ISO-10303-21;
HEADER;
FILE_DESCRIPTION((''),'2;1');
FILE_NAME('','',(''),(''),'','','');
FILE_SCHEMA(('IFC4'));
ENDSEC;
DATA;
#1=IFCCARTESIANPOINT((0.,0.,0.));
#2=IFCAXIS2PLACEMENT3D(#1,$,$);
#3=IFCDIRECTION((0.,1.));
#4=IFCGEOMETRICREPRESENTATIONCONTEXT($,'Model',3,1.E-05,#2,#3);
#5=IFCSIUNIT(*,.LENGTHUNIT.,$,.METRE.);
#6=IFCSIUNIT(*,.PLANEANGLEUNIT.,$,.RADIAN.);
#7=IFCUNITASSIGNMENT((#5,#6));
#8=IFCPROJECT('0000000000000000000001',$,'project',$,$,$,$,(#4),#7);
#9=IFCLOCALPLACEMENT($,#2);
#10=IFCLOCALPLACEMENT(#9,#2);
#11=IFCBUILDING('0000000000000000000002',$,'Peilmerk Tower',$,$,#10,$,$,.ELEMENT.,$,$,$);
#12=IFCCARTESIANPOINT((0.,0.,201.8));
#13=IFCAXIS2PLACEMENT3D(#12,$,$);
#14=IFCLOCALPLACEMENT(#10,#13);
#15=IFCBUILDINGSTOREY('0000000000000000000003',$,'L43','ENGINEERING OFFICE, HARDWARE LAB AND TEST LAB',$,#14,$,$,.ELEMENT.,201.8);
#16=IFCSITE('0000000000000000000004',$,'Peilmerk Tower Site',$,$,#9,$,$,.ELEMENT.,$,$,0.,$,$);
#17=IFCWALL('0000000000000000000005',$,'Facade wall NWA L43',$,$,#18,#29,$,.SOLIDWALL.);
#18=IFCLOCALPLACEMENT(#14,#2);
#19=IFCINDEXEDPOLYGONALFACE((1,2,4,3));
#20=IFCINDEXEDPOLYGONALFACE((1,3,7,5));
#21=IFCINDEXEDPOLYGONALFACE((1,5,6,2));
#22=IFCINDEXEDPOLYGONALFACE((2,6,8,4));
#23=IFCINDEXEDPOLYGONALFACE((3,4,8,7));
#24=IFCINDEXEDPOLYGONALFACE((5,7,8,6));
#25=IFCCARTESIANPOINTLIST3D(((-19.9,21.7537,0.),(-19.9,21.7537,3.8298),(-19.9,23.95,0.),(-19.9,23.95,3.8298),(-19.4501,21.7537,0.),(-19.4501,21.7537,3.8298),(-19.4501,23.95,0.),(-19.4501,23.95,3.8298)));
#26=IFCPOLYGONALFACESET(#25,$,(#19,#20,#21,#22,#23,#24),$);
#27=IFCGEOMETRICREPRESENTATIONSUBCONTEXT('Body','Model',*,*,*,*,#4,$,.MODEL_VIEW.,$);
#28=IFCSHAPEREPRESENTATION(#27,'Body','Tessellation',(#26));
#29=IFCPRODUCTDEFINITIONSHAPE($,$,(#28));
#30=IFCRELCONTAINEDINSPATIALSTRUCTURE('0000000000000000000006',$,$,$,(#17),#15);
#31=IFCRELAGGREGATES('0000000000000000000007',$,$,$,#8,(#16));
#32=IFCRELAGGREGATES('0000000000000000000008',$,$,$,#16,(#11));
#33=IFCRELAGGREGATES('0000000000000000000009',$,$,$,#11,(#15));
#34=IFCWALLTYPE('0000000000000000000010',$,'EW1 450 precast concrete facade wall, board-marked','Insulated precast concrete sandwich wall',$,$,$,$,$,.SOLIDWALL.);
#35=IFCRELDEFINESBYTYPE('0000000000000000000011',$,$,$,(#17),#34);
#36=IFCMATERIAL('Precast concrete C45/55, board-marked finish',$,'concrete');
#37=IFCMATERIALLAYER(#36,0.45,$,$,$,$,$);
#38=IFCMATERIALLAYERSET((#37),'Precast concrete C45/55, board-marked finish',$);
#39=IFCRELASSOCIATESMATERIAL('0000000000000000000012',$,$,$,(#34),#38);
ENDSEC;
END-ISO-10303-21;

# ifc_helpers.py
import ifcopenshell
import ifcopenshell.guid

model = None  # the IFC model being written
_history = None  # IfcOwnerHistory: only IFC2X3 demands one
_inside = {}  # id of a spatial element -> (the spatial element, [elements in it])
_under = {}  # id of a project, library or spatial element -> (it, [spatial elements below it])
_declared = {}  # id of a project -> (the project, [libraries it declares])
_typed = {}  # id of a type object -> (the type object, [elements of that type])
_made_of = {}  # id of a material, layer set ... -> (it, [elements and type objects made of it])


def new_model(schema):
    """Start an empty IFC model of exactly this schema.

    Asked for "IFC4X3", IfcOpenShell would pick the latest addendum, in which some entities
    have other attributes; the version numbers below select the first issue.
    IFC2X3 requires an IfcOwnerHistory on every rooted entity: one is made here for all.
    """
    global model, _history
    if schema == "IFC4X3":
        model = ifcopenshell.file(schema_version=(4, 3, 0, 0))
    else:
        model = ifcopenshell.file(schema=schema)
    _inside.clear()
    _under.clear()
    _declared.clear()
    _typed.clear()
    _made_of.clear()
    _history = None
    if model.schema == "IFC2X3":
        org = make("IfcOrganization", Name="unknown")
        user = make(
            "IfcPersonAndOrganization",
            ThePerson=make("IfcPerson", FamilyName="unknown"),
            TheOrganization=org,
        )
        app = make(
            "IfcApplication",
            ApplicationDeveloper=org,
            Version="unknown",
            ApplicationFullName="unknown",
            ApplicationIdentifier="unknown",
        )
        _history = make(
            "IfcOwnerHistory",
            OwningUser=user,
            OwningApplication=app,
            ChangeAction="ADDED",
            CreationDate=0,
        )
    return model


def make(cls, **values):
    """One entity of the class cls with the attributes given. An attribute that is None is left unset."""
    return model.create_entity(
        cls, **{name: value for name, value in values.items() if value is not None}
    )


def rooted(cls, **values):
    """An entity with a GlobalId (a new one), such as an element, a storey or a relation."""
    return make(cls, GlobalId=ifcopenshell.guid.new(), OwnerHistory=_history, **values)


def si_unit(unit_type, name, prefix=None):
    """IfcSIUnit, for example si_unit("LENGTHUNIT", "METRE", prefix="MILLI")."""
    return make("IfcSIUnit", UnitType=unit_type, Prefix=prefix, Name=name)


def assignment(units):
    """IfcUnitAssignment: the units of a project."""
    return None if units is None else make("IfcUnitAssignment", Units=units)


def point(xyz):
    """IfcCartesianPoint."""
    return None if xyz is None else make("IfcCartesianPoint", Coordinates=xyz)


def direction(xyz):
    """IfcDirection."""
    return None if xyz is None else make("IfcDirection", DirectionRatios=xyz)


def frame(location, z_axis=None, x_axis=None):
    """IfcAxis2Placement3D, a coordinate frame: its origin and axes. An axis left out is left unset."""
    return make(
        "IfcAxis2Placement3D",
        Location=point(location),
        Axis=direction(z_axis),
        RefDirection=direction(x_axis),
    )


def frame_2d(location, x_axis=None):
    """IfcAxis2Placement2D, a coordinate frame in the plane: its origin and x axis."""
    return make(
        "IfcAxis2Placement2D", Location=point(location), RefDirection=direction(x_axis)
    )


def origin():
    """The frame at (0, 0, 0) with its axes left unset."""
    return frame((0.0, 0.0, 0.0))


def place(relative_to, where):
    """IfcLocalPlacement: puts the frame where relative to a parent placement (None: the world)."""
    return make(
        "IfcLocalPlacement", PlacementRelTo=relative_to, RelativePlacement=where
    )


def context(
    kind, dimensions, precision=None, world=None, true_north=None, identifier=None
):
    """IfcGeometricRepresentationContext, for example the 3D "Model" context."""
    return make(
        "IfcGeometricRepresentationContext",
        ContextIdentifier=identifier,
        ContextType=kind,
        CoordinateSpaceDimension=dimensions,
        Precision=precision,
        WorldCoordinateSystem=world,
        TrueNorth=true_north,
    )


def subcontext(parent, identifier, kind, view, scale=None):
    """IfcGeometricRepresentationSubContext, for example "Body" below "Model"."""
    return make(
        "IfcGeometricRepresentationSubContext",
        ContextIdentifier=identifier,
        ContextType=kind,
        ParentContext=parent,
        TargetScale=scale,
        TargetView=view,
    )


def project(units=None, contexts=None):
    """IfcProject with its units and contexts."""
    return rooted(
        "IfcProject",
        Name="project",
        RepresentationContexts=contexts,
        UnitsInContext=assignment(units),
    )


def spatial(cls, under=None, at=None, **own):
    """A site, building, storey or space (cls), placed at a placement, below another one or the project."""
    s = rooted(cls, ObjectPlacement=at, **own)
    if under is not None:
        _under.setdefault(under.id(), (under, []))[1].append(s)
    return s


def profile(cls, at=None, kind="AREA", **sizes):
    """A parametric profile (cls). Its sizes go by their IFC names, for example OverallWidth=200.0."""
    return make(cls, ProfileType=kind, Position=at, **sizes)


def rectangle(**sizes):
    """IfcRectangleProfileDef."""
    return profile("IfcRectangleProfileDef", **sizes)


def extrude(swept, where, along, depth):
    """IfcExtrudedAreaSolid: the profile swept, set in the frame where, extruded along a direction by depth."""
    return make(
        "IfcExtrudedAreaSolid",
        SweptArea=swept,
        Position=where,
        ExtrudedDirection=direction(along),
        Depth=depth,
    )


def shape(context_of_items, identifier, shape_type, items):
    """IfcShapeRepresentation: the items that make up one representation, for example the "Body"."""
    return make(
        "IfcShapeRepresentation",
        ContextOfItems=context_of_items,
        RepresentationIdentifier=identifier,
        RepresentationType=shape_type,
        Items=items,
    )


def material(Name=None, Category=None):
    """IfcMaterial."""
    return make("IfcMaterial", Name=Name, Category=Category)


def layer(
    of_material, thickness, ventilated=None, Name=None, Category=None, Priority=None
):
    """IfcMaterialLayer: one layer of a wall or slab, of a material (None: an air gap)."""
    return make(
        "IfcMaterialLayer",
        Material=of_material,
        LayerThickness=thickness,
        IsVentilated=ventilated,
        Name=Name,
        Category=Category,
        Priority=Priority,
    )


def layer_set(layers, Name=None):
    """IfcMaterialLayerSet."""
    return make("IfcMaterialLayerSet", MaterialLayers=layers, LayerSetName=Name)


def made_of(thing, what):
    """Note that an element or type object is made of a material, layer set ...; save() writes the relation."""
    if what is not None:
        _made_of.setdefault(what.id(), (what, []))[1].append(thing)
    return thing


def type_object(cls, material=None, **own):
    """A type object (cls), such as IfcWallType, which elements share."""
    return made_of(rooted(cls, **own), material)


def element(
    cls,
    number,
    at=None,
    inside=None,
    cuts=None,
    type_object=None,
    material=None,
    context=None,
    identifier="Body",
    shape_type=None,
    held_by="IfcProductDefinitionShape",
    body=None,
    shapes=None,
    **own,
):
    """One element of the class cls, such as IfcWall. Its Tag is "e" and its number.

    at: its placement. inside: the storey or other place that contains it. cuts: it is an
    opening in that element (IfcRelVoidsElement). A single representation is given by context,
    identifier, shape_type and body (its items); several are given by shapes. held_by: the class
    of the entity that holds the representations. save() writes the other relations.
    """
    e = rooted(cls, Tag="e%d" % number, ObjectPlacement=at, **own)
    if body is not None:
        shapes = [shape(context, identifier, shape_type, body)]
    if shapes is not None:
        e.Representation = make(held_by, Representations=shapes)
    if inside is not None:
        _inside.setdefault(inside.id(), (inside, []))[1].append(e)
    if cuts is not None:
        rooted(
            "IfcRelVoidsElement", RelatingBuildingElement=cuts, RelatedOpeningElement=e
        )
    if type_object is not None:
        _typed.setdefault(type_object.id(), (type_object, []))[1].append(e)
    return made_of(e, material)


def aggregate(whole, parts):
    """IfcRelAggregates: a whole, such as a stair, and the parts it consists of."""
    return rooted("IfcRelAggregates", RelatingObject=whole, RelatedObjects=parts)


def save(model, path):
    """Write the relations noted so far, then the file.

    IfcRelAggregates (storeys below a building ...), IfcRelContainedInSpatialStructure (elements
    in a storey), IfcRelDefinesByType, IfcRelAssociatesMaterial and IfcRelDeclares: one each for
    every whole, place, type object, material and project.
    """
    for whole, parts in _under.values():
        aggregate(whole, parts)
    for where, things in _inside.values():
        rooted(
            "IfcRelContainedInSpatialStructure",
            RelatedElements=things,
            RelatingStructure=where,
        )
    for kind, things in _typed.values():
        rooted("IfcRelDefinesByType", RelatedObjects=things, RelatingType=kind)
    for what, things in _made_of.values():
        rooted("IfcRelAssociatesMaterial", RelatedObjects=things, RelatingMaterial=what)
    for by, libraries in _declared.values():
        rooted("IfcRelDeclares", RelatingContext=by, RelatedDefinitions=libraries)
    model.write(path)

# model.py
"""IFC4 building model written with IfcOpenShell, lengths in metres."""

from ifc_helpers import new_model, si_unit, direction, frame, frame_2d, origin, place, context, subcontext, project, spatial, rectangle, extrude, material, layer, layer_set, type_object, element, save


model = new_model("IFC4")

# Units and contexts
model_context = context("Model", 3, precision=1e-05, world=origin(), true_north=direction((0.0, 1.0)))
body_context = subcontext(model_context, "Body", "Model", "MODEL_VIEW")
ifc_project = project(units=[si_unit("LENGTHUNIT", "METRE"), si_unit("PLANEANGLEUNIT", "RADIAN")], contexts=[model_context])

# Site, building, storey
site_placement = place(None, origin())
site = spatial("IfcSite", under=ifc_project, at=site_placement, Name="Peilmerk Tower Site", CompositionType="ELEMENT", RefElevation=0.0)
building_placement = place(site_placement, origin())
building = spatial("IfcBuilding", under=site, at=building_placement, Name="Peilmerk Tower", CompositionType="ELEMENT")
storey_placement = place(building_placement, frame((0.0, 0.0, 201.8)))
storey = spatial("IfcBuildingStorey", under=building, at=storey_placement, Name="L43", Description="ENGINEERING OFFICE, HARDWARE LAB AND TEST LAB", CompositionType="ELEMENT", Elevation=201.8)

# Shared definitions
ifc_material_1 = material(Name="Precast concrete C45/55, board-marked finish", Category="concrete")
ifc_layer_1 = layer(ifc_material_1, 0.45)
ifc_layer_set_1 = layer_set([ifc_layer_1], Name="Precast concrete C45/55, board-marked finish")
wall_type = type_object("IfcWallType", Name="EW1 450 precast concrete facade wall, board-marked", Description="Insulated precast concrete sandwich wall", PredefinedType="SOLIDWALL", material=ifc_layer_set_1)

# Wall
wall_1_placement = place(storey_placement, frame((-19.675, 21.7537, 0.0), z_axis=(0.0, 0.0, 1.0), x_axis=(0.0, 1.0, 0.0)))
element("IfcWall", 1, at=wall_1_placement, inside=storey, type_object=wall_type, Name="Facade wall NWA L43", PredefinedType="SOLIDWALL", context=body_context, shape_type="SweptSolid", body=[
    extrude(rectangle(XDim=2.1963, YDim=0.45, at=frame_2d((1.0981, 0.0))), origin(), (0.0, 0.0, 1.0), 3.8298),
])

save(model, "model.ifc")
